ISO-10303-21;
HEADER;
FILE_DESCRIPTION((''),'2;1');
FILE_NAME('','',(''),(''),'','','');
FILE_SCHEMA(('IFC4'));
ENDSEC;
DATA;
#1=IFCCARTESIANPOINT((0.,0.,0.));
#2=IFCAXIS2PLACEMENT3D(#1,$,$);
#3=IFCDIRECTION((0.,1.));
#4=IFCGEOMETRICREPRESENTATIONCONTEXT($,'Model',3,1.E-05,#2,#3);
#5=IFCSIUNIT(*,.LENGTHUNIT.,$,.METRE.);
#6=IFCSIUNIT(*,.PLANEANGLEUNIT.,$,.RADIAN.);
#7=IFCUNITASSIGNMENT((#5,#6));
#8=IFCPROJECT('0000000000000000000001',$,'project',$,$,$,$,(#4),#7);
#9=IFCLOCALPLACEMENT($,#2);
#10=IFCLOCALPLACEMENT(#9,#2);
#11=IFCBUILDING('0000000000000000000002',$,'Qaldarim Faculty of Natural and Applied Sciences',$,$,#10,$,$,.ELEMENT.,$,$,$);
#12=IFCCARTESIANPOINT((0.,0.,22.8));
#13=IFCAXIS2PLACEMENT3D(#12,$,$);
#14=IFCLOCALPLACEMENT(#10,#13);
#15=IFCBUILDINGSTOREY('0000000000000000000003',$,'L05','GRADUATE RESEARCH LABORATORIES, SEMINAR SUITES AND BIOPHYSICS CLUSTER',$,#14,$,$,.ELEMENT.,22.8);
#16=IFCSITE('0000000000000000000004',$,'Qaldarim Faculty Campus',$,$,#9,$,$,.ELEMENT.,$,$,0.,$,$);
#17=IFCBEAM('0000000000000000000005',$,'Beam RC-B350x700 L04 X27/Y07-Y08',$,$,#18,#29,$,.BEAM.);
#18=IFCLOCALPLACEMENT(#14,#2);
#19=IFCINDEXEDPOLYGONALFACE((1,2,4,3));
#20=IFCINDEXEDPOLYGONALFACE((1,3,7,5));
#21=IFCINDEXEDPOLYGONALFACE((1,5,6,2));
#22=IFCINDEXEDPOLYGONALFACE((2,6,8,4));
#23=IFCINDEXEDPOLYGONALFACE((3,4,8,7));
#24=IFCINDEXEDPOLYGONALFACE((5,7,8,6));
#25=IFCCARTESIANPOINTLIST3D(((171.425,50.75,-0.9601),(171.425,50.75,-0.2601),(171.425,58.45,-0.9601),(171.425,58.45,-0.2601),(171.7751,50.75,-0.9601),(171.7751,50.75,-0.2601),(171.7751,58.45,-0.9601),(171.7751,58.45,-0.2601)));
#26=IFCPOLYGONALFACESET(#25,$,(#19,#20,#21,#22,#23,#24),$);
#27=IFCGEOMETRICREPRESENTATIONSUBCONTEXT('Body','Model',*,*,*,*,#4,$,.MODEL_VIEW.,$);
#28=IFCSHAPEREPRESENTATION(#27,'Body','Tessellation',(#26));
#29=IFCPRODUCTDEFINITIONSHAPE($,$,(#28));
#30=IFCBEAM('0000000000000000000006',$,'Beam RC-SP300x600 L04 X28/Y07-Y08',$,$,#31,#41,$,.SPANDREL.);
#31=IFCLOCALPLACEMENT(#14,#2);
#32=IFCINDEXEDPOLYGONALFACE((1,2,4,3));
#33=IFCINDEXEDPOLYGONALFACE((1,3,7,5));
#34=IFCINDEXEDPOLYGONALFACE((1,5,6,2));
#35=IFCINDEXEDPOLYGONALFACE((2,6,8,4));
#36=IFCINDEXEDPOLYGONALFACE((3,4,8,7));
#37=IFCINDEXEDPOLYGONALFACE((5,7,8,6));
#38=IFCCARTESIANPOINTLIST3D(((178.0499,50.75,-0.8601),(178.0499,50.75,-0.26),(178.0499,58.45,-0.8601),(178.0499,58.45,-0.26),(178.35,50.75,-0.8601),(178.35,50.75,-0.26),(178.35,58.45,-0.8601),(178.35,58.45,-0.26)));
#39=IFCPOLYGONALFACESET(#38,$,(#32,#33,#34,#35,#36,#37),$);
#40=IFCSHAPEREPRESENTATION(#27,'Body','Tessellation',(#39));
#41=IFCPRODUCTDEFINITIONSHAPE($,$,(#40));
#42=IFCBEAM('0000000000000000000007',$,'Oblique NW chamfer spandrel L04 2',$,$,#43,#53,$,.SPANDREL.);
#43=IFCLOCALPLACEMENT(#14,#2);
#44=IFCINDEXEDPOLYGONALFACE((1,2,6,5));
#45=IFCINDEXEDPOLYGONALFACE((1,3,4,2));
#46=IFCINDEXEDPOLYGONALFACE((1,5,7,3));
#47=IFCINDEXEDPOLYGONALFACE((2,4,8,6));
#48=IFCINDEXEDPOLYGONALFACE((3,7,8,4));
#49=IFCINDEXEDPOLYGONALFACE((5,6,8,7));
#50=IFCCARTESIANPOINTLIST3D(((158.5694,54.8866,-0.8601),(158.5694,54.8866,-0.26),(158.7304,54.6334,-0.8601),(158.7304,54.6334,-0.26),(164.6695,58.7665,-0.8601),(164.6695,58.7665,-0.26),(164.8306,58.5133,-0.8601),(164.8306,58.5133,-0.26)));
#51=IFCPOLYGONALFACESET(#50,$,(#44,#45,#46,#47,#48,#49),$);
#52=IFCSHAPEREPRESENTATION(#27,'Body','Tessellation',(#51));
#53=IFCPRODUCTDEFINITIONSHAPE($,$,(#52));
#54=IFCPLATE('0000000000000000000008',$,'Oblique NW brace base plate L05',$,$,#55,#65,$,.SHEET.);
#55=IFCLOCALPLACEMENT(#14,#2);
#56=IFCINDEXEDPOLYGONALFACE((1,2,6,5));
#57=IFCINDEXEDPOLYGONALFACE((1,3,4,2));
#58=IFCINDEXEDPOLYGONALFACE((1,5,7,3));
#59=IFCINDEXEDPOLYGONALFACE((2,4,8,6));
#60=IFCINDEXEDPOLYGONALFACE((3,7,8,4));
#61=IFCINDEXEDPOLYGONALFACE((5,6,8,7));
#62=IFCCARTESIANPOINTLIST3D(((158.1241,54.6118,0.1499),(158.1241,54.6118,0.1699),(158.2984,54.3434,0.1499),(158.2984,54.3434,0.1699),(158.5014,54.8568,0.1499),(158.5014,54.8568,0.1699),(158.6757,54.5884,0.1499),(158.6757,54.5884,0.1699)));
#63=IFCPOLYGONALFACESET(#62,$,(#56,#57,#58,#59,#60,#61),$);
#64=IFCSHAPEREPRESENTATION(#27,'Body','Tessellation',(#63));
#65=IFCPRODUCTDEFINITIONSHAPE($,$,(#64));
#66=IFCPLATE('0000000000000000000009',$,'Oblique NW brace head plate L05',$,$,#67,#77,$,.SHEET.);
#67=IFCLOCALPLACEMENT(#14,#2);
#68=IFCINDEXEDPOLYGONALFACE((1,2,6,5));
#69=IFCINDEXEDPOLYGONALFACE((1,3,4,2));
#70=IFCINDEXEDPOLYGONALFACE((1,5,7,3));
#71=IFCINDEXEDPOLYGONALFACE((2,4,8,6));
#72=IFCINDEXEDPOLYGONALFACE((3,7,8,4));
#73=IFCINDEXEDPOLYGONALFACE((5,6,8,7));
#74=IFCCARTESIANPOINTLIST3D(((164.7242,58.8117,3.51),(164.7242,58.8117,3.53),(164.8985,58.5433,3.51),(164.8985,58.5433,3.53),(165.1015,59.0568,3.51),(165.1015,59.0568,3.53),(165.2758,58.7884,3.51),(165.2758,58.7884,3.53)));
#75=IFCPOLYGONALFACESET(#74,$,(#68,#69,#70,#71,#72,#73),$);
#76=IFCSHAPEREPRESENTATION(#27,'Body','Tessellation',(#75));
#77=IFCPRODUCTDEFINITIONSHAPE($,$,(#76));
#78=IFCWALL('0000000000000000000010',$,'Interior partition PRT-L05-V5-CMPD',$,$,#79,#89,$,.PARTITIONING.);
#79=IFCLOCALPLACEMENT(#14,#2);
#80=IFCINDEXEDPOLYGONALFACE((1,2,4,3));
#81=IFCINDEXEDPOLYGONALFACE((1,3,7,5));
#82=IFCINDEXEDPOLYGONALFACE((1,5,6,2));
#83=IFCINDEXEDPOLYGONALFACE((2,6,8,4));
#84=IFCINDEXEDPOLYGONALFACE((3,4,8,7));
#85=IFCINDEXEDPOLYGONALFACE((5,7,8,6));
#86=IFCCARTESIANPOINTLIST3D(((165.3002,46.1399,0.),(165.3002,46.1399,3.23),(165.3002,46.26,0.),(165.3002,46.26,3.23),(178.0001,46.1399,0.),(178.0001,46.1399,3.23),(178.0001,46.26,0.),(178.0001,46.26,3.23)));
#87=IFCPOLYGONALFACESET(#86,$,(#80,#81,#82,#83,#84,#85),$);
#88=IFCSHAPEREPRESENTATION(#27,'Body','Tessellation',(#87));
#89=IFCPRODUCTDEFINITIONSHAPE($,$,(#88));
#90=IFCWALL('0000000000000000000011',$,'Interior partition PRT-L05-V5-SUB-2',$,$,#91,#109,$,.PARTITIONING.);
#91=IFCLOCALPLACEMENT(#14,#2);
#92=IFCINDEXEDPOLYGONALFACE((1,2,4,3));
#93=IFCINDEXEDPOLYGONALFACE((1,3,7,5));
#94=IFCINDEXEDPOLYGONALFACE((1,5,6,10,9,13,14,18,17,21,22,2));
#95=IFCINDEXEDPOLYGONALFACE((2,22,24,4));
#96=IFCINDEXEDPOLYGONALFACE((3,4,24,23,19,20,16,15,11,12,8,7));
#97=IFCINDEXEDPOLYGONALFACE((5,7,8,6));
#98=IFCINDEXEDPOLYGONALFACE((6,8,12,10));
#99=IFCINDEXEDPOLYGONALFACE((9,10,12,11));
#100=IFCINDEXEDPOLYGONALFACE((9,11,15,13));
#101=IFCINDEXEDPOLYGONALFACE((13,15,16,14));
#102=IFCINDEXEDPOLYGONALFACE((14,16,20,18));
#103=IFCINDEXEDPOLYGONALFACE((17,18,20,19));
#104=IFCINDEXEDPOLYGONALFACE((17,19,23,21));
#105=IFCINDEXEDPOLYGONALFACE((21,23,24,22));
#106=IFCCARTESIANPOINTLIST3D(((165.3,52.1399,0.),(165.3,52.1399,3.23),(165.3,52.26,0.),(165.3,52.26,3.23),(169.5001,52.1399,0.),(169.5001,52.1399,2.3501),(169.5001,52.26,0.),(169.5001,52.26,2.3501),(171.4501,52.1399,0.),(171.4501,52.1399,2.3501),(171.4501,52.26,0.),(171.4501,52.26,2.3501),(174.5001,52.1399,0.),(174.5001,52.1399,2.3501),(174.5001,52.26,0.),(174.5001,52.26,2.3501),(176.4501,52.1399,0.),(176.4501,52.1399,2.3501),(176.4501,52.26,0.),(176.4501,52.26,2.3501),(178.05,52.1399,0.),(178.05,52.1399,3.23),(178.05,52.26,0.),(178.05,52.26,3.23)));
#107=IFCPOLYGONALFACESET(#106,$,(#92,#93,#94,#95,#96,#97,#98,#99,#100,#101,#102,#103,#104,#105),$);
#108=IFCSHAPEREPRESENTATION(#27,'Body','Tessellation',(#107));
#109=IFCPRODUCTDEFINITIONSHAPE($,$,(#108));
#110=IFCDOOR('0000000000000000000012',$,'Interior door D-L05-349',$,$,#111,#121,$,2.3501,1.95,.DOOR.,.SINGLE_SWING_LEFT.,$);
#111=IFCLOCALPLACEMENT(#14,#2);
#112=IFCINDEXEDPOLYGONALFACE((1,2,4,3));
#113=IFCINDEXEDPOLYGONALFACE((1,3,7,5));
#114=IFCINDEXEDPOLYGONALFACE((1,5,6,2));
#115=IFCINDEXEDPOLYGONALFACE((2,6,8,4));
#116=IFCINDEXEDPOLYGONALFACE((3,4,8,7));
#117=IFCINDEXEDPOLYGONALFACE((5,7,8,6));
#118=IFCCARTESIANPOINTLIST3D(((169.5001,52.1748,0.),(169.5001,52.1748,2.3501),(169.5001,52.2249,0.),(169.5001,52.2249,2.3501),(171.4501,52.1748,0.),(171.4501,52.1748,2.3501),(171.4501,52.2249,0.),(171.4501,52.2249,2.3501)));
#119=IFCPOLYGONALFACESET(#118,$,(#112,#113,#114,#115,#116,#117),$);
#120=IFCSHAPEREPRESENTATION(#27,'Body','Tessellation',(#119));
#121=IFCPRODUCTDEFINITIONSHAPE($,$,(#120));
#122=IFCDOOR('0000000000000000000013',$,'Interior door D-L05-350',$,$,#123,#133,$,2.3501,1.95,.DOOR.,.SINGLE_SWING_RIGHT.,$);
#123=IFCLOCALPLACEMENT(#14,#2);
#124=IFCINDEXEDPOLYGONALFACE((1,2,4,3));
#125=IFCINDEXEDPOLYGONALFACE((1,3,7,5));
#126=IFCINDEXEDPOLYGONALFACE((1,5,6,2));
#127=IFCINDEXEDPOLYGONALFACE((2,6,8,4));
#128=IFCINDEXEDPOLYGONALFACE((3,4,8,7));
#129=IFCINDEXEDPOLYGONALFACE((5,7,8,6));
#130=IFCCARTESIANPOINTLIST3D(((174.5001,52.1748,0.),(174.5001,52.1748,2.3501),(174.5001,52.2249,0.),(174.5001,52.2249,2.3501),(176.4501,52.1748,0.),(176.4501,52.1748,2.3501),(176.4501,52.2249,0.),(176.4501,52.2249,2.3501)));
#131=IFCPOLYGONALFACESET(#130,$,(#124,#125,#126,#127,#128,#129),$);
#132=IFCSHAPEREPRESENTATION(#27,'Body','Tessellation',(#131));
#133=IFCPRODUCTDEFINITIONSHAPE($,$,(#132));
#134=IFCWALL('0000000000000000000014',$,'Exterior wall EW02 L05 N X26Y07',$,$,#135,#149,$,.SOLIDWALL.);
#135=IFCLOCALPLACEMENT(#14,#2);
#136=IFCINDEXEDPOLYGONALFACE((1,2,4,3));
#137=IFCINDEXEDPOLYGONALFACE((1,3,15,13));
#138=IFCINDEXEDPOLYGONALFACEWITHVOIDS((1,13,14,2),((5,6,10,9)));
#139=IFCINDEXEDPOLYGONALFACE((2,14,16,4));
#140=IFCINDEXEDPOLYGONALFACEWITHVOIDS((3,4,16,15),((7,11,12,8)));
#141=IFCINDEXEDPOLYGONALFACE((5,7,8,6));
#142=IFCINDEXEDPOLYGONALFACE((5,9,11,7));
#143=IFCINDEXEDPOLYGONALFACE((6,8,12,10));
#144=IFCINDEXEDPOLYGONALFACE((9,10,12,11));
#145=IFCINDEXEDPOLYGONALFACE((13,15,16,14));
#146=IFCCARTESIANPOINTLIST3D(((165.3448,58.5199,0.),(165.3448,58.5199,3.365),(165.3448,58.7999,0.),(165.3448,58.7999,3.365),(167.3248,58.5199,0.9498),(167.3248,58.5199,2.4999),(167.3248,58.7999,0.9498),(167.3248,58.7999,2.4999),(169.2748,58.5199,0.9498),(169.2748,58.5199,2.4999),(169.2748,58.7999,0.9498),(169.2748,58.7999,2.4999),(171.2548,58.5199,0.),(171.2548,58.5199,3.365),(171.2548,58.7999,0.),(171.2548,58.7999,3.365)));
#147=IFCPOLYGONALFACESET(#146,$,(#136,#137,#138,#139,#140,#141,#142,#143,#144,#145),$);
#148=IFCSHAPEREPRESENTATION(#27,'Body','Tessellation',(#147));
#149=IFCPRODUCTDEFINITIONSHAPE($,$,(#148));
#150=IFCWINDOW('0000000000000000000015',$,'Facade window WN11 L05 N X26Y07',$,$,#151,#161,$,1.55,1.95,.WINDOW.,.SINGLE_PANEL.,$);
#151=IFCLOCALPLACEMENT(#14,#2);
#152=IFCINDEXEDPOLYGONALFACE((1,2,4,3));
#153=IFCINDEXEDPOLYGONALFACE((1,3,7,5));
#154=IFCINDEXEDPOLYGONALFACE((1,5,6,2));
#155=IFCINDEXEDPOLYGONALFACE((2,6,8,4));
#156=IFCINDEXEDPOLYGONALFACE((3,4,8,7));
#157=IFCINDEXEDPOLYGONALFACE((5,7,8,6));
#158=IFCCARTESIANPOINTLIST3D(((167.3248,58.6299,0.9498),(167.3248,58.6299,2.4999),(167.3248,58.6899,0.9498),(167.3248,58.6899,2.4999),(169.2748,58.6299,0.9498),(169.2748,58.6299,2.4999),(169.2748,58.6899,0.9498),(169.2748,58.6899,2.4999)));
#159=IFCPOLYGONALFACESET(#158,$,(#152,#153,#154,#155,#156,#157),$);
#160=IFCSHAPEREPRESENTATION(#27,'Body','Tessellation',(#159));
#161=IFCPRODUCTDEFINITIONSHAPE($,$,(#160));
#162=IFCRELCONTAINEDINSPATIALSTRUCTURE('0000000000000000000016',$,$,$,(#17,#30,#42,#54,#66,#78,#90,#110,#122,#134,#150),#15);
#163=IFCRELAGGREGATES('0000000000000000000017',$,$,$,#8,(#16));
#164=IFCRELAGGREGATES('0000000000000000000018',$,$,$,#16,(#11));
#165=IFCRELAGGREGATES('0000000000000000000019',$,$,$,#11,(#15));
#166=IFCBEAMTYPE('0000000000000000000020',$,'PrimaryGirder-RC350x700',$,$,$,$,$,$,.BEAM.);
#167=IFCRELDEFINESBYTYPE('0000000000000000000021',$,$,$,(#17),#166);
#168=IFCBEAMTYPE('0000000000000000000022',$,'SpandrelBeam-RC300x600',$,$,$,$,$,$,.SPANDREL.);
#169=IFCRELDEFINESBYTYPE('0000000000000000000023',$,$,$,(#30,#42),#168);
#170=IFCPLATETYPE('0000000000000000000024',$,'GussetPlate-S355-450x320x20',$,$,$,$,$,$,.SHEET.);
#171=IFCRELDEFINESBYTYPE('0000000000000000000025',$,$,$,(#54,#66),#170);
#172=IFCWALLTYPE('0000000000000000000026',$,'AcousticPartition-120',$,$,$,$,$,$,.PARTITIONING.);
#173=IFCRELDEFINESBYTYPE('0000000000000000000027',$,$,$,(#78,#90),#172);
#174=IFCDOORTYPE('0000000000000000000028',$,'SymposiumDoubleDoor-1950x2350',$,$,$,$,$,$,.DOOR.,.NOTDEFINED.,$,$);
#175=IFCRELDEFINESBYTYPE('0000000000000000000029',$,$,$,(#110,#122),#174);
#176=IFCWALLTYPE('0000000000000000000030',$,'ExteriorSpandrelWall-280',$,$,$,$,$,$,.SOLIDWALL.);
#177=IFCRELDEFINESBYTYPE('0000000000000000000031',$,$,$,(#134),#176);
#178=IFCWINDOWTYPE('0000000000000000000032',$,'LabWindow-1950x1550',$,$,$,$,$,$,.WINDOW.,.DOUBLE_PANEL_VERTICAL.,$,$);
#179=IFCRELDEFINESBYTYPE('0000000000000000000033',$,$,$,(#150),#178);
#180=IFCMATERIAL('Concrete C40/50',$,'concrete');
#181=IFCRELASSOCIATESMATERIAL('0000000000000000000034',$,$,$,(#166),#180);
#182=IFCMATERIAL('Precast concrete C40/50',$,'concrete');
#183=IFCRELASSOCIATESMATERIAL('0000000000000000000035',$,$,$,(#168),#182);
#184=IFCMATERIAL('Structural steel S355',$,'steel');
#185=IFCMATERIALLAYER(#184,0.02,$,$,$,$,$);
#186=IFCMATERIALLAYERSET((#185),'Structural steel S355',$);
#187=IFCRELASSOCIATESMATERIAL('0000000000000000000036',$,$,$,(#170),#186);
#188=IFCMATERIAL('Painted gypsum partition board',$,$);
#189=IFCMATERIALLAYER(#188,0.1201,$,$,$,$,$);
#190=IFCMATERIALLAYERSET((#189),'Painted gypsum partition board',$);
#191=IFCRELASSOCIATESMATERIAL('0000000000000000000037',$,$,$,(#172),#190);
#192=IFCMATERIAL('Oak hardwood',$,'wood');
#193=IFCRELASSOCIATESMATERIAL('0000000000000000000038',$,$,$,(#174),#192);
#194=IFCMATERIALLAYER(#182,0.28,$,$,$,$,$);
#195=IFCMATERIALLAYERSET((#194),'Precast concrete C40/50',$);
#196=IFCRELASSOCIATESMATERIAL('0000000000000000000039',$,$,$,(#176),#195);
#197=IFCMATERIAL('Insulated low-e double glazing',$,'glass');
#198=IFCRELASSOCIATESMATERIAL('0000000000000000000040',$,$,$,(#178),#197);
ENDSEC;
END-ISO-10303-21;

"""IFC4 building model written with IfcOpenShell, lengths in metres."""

from ifc_helpers import new_model, si_unit, direction, frame, frame_2d, origin, origin_2d, place, context, subcontext, project, spatial, rectangle, extrude, material, layer, layer_set, material_profile, profile_set, type_object, element, fill, save


model = new_model("IFC4")

# Units and contexts
model_context = context("Model", 3, precision=1e-05, world=origin(), true_north=direction((0.0, 1.0)))
body_context = subcontext(model_context, "Body", "Model", "MODEL_VIEW")
ifc_project = project(units=[si_unit("LENGTHUNIT", "METRE"), si_unit("PLANEANGLEUNIT", "RADIAN")], contexts=[model_context])

# Site, building, storey
site_placement = place(None, origin())
site = spatial("IfcSite", under=ifc_project, at=site_placement, Name="Qaldarim Faculty Campus", CompositionType="ELEMENT", RefElevation=0.0)
building_placement = place(site_placement, origin())
building = spatial("IfcBuilding", under=site, at=building_placement, Name="Qaldarim Faculty of Natural and Applied Sciences", CompositionType="ELEMENT")
storey_placement = place(building_placement, frame((0.0, 0.0, 22.8)))
storey = spatial("IfcBuildingStorey", under=building, at=storey_placement, Name="L05", Description="GRADUATE RESEARCH LABORATORIES, SEMINAR SUITES AND BIOPHYSICS CLUSTER", CompositionType="ELEMENT", Elevation=22.8)

# Shared definitions
ifc_material_1 = material(Name="Concrete C40/50", Category="concrete")

# Shared definitions
ifc_material_2 = material(Name="Structural steel S355", Category="steel")

# Beams
ifc_material_profile_1 = material_profile(ifc_material_1, rectangle(XDim=0.3501, YDim=0.7, at=origin_2d()), Name="RC-B350x700")
ifc_profile_set_1 = profile_set([ifc_material_profile_1], Name="Concrete C40/50")
beam_type_1 = type_object("IfcBeamType", Name="PrimaryGirder-RC350x700", PredefinedType="BEAM", material=ifc_profile_set_1)
for number, where, z_axis, x_axis, name in (
    (1, (171.6001, 50.75, -0.6101), (0.0, 1.0, 0.0), (-1.0, 0.0, 0.0), "Beam RC-B350x700 L04 X27/Y07-Y08"),
):
    element("IfcBeam", number, at=place(storey_placement, frame(where, z_axis=z_axis, x_axis=x_axis)), inside=storey, type_object=beam_type_1, Name=name, PredefinedType="BEAM", context=body_context, shape_type="SweptSolid", body=[
        extrude(rectangle(XDim=0.3501, YDim=0.7, at=origin_2d()), origin(), (0.0, 0.0, 1.0), 7.7),
    ])
ifc_material_3 = material(Name="Precast concrete C40/50", Category="concrete")
ifc_material_profile_2 = material_profile(ifc_material_3, rectangle(XDim=0.3, YDim=0.6001, at=origin_2d()), Name="RC-SP300x600")
ifc_profile_set_2 = profile_set([ifc_material_profile_2], Name="Precast concrete C40/50")
beam_type_2 = type_object("IfcBeamType", Name="SpandrelBeam-RC300x600", PredefinedType="SPANDREL", material=ifc_profile_set_2)
beam_1_placement = place(storey_placement, frame((178.2, 50.75, -0.5601), z_axis=(0.0, 1.0, 0.0), x_axis=(-1.0, 0.0, 0.0)))
element("IfcBeam", 2, at=beam_1_placement, inside=storey, type_object=beam_type_2, Name="Beam RC-SP300x600 L04 X28/Y07-Y08", PredefinedType="SPANDREL", context=body_context, shape_type="SweptSolid", body=[
    extrude(rectangle(XDim=0.3, YDim=0.6001, at=origin_2d()), origin(), (0.0, 0.0, 1.0), 7.7),
])
beam_2_placement = place(storey_placement, frame((158.6499, 54.76, -0.5601), z_axis=(0.843787, 0.536679, 0.0), x_axis=(-0.536679, 0.843787, 0.0)))
element("IfcBeam", 3, at=beam_2_placement, inside=storey, type_object=beam_type_2, Name="Oblique NW chamfer spandrel L04 2", PredefinedType="SPANDREL", context=body_context, shape_type="SweptSolid", body=[
    extrude(rectangle(XDim=0.3, YDim=0.6001, at=origin_2d()), origin(), (0.0, 0.0, 1.0), 7.2295),
])

# Plates
ifc_layer_1 = layer(ifc_material_2, 0.02)
ifc_layer_set_1 = layer_set([ifc_layer_1], Name="Structural steel S355")
plate_type = type_object("IfcPlateType", Name="GussetPlate-S355-450x320x20", PredefinedType="SHEET", material=ifc_layer_set_1)
for number, where, z_axis, x_axis, name in (
    (4, (158.3999, 54.6001, 0.1499), (0.0, 0.0, 1.0), (0.838671, 0.544639, 0.0), "Oblique NW brace base plate L05"),
    (5, (165.0, 58.8, 3.51), (0.0, 0.0, 1.0), (0.838671, 0.544639, 0.0), "Oblique NW brace head plate L05"),
):
    element("IfcPlate", number, at=place(storey_placement, frame(where, z_axis=z_axis, x_axis=x_axis)), inside=storey, type_object=plate_type, Name=name, PredefinedType="SHEET", context=body_context, shape_type="SweptSolid", body=[
        extrude(rectangle(XDim=0.45, YDim=0.3201, at=origin_2d()), origin(), (0.0, 0.0, 1.0), 0.02),
    ])

# Wall
ifc_material_4 = material(Name="Painted gypsum partition board")
ifc_layer_2 = layer(ifc_material_4, 0.1201)
ifc_layer_set_2 = layer_set([ifc_layer_2], Name="Painted gypsum partition board")
wall_type_1 = type_object("IfcWallType", Name="AcousticPartition-120", PredefinedType="PARTITIONING", material=ifc_layer_set_2)
wall_1_placement = place(storey_placement, frame((165.3, 46.2, 0.0), z_axis=(0.0, 0.0, 1.0), x_axis=(1.0, 0.0, 0.0)))
element("IfcWall", 6, at=wall_1_placement, inside=storey, type_object=wall_type_1, Name="Interior partition PRT-L05-V5-CMPD", PredefinedType="PARTITIONING", context=body_context, shape_type="SweptSolid", body=[
    extrude(rectangle(XDim=12.7, YDim=0.1201, at=frame_2d((6.3501, 0.0))), origin(), (0.0, 0.0, 1.0), 3.23),
])

# Wall, openings, doors
wall_2_placement = place(storey_placement, frame((165.3, 52.2, 0.0), z_axis=(0.0, 0.0, 1.0), x_axis=(1.0, 0.0, 0.0)))
wall_2 = element("IfcWall", 7, at=wall_2_placement, inside=storey, type_object=wall_type_1, Name="Interior partition PRT-L05-V5-SUB-2", PredefinedType="PARTITIONING", context=body_context, shape_type="SweptSolid", body=[
    extrude(rectangle(XDim=12.75, YDim=0.1201, at=frame_2d((6.375, 0.0))), origin(), (0.0, 0.0, 1.0), 3.23),
])
opening_1_placement = place(wall_2_placement, frame((4.2, 0.0, 0.0)))
opening_1 = element("IfcOpeningElement", 8, at=opening_1_placement, cuts=wall_2, PredefinedType="OPENING", context=body_context, shape_type="SweptSolid", body=[
    extrude(rectangle(XDim=1.95, YDim=2.3501, at=frame_2d((0.9751, 1.175))), frame((0.0, 0.0701, 0.0), z_axis=(0.0, -1.0, 0.0), x_axis=(1.0, 0.0, 0.0)), (0.0, 0.0, 1.0), 0.1401),
])
opening_2_placement = place(wall_2_placement, frame((9.2, 0.0, 0.0)))
opening_2 = element("IfcOpeningElement", 9, at=opening_2_placement, cuts=wall_2, PredefinedType="OPENING", context=body_context, shape_type="SweptSolid", body=[
    extrude(rectangle(XDim=1.95, YDim=2.3501, at=frame_2d((0.9751, 1.175))), frame((0.0, 0.0701, 0.0), z_axis=(0.0, -1.0, 0.0), x_axis=(1.0, 0.0, 0.0)), (0.0, 0.0, 1.0), 0.1401),
])
ifc_material_5 = material(Name="Oak hardwood", Category="wood")
door_type_1 = type_object("IfcDoorType", Name="SymposiumDoubleDoor-1950x2350", OperationType="NOTDEFINED", PredefinedType="DOOR", material=ifc_material_5)
door_1_placement = place(opening_1_placement, origin())
door_1 = element("IfcDoor", 10, at=door_1_placement, inside=storey, type_object=door_type_1, Name="Interior door D-L05-349", OperationType="SINGLE_SWING_LEFT", OverallHeight=2.3501, OverallWidth=1.95, PredefinedType="DOOR", context=body_context, shape_type="SweptSolid", body=[
    extrude(rectangle(XDim=1.95, YDim=2.3501, at=frame_2d((0.9751, 1.175))), frame((0.0, 0.0249, 0.0), z_axis=(0.0, -1.0, 0.0), x_axis=(1.0, 0.0, 0.0)), (0.0, 0.0, 1.0), 0.05),
])
fill(opening_1, door_1)
door_2_placement = place(opening_2_placement, origin())
door_2 = element("IfcDoor", 11, at=door_2_placement, inside=storey, type_object=door_type_1, Name="Interior door D-L05-350", OperationType="SINGLE_SWING_RIGHT", OverallHeight=2.3501, OverallWidth=1.95, PredefinedType="DOOR", context=body_context, shape_type="SweptSolid", body=[
    extrude(rectangle(XDim=1.95, YDim=2.3501, at=frame_2d((0.9751, 1.175))), frame((0.0, 0.0249, 0.0), z_axis=(0.0, -1.0, 0.0), x_axis=(1.0, 0.0, 0.0)), (0.0, 0.0, 1.0), 0.05),
])
fill(opening_2, door_2)

# Wall, opening, window
ifc_layer_3 = layer(ifc_material_3, 0.28)
ifc_layer_set_3 = layer_set([ifc_layer_3], Name="Precast concrete C40/50")
wall_type_2 = type_object("IfcWallType", Name="ExteriorSpandrelWall-280", PredefinedType="SOLIDWALL", material=ifc_layer_set_3)
wall_3_placement = place(storey_placement, frame((171.2549, 58.6599, 0.0), z_axis=(0.0, 0.0, 1.0), x_axis=(-1.0, 0.0, 0.0)))
wall_3 = element("IfcWall", 12, at=wall_3_placement, inside=storey, type_object=wall_type_2, Name="Exterior wall EW02 L05 N X26Y07", PredefinedType="SOLIDWALL", context=body_context, shape_type="SweptSolid", body=[
    extrude(rectangle(XDim=5.9099, YDim=0.28, at=frame_2d((2.9551, 0.0))), origin(), (0.0, 0.0, 1.0), 3.365),
])
opening_3_placement = place(wall_3_placement, frame((1.98, 0.0, 0.95)))
opening_3 = element("IfcOpeningElement", 13, at=opening_3_placement, cuts=wall_3, PredefinedType="OPENING", context=body_context, shape_type="SweptSolid", body=[
    extrude(rectangle(XDim=1.95, YDim=1.55, at=frame_2d((0.9751, 0.7749))), frame((0.0, 0.1499, 0.0), z_axis=(0.0, -1.0, 0.0), x_axis=(1.0, 0.0, 0.0)), (0.0, 0.0, 1.0), 0.3),
])
ifc_material_6 = material(Name="Insulated low-e double glazing", Category="glass")
window_type_1 = type_object("IfcWindowType", Name="LabWindow-1950x1550", PartitioningType="DOUBLE_PANEL_VERTICAL", PredefinedType="WINDOW", material=ifc_material_6)
window_1_placement = place(opening_3_placement, origin())
window_1 = element("IfcWindow", 14, at=window_1_placement, inside=storey, type_object=window_type_1, Name="Facade window WN11 L05 N X26Y07", OverallHeight=1.55, OverallWidth=1.95, PartitioningType="SINGLE_PANEL", PredefinedType="WINDOW", context=body_context, shape_type="SweptSolid", body=[
    extrude(rectangle(XDim=1.95, YDim=1.55, at=frame_2d((0.9751, 0.7749))), frame((0.0, 0.03, 0.0), z_axis=(0.0, -1.0, 0.0), x_axis=(1.0, 0.0, 0.0)), (0.0, 0.0, 1.0), 0.0601),
])
fill(opening_3, window_1)

save(model, "model.ifc")
